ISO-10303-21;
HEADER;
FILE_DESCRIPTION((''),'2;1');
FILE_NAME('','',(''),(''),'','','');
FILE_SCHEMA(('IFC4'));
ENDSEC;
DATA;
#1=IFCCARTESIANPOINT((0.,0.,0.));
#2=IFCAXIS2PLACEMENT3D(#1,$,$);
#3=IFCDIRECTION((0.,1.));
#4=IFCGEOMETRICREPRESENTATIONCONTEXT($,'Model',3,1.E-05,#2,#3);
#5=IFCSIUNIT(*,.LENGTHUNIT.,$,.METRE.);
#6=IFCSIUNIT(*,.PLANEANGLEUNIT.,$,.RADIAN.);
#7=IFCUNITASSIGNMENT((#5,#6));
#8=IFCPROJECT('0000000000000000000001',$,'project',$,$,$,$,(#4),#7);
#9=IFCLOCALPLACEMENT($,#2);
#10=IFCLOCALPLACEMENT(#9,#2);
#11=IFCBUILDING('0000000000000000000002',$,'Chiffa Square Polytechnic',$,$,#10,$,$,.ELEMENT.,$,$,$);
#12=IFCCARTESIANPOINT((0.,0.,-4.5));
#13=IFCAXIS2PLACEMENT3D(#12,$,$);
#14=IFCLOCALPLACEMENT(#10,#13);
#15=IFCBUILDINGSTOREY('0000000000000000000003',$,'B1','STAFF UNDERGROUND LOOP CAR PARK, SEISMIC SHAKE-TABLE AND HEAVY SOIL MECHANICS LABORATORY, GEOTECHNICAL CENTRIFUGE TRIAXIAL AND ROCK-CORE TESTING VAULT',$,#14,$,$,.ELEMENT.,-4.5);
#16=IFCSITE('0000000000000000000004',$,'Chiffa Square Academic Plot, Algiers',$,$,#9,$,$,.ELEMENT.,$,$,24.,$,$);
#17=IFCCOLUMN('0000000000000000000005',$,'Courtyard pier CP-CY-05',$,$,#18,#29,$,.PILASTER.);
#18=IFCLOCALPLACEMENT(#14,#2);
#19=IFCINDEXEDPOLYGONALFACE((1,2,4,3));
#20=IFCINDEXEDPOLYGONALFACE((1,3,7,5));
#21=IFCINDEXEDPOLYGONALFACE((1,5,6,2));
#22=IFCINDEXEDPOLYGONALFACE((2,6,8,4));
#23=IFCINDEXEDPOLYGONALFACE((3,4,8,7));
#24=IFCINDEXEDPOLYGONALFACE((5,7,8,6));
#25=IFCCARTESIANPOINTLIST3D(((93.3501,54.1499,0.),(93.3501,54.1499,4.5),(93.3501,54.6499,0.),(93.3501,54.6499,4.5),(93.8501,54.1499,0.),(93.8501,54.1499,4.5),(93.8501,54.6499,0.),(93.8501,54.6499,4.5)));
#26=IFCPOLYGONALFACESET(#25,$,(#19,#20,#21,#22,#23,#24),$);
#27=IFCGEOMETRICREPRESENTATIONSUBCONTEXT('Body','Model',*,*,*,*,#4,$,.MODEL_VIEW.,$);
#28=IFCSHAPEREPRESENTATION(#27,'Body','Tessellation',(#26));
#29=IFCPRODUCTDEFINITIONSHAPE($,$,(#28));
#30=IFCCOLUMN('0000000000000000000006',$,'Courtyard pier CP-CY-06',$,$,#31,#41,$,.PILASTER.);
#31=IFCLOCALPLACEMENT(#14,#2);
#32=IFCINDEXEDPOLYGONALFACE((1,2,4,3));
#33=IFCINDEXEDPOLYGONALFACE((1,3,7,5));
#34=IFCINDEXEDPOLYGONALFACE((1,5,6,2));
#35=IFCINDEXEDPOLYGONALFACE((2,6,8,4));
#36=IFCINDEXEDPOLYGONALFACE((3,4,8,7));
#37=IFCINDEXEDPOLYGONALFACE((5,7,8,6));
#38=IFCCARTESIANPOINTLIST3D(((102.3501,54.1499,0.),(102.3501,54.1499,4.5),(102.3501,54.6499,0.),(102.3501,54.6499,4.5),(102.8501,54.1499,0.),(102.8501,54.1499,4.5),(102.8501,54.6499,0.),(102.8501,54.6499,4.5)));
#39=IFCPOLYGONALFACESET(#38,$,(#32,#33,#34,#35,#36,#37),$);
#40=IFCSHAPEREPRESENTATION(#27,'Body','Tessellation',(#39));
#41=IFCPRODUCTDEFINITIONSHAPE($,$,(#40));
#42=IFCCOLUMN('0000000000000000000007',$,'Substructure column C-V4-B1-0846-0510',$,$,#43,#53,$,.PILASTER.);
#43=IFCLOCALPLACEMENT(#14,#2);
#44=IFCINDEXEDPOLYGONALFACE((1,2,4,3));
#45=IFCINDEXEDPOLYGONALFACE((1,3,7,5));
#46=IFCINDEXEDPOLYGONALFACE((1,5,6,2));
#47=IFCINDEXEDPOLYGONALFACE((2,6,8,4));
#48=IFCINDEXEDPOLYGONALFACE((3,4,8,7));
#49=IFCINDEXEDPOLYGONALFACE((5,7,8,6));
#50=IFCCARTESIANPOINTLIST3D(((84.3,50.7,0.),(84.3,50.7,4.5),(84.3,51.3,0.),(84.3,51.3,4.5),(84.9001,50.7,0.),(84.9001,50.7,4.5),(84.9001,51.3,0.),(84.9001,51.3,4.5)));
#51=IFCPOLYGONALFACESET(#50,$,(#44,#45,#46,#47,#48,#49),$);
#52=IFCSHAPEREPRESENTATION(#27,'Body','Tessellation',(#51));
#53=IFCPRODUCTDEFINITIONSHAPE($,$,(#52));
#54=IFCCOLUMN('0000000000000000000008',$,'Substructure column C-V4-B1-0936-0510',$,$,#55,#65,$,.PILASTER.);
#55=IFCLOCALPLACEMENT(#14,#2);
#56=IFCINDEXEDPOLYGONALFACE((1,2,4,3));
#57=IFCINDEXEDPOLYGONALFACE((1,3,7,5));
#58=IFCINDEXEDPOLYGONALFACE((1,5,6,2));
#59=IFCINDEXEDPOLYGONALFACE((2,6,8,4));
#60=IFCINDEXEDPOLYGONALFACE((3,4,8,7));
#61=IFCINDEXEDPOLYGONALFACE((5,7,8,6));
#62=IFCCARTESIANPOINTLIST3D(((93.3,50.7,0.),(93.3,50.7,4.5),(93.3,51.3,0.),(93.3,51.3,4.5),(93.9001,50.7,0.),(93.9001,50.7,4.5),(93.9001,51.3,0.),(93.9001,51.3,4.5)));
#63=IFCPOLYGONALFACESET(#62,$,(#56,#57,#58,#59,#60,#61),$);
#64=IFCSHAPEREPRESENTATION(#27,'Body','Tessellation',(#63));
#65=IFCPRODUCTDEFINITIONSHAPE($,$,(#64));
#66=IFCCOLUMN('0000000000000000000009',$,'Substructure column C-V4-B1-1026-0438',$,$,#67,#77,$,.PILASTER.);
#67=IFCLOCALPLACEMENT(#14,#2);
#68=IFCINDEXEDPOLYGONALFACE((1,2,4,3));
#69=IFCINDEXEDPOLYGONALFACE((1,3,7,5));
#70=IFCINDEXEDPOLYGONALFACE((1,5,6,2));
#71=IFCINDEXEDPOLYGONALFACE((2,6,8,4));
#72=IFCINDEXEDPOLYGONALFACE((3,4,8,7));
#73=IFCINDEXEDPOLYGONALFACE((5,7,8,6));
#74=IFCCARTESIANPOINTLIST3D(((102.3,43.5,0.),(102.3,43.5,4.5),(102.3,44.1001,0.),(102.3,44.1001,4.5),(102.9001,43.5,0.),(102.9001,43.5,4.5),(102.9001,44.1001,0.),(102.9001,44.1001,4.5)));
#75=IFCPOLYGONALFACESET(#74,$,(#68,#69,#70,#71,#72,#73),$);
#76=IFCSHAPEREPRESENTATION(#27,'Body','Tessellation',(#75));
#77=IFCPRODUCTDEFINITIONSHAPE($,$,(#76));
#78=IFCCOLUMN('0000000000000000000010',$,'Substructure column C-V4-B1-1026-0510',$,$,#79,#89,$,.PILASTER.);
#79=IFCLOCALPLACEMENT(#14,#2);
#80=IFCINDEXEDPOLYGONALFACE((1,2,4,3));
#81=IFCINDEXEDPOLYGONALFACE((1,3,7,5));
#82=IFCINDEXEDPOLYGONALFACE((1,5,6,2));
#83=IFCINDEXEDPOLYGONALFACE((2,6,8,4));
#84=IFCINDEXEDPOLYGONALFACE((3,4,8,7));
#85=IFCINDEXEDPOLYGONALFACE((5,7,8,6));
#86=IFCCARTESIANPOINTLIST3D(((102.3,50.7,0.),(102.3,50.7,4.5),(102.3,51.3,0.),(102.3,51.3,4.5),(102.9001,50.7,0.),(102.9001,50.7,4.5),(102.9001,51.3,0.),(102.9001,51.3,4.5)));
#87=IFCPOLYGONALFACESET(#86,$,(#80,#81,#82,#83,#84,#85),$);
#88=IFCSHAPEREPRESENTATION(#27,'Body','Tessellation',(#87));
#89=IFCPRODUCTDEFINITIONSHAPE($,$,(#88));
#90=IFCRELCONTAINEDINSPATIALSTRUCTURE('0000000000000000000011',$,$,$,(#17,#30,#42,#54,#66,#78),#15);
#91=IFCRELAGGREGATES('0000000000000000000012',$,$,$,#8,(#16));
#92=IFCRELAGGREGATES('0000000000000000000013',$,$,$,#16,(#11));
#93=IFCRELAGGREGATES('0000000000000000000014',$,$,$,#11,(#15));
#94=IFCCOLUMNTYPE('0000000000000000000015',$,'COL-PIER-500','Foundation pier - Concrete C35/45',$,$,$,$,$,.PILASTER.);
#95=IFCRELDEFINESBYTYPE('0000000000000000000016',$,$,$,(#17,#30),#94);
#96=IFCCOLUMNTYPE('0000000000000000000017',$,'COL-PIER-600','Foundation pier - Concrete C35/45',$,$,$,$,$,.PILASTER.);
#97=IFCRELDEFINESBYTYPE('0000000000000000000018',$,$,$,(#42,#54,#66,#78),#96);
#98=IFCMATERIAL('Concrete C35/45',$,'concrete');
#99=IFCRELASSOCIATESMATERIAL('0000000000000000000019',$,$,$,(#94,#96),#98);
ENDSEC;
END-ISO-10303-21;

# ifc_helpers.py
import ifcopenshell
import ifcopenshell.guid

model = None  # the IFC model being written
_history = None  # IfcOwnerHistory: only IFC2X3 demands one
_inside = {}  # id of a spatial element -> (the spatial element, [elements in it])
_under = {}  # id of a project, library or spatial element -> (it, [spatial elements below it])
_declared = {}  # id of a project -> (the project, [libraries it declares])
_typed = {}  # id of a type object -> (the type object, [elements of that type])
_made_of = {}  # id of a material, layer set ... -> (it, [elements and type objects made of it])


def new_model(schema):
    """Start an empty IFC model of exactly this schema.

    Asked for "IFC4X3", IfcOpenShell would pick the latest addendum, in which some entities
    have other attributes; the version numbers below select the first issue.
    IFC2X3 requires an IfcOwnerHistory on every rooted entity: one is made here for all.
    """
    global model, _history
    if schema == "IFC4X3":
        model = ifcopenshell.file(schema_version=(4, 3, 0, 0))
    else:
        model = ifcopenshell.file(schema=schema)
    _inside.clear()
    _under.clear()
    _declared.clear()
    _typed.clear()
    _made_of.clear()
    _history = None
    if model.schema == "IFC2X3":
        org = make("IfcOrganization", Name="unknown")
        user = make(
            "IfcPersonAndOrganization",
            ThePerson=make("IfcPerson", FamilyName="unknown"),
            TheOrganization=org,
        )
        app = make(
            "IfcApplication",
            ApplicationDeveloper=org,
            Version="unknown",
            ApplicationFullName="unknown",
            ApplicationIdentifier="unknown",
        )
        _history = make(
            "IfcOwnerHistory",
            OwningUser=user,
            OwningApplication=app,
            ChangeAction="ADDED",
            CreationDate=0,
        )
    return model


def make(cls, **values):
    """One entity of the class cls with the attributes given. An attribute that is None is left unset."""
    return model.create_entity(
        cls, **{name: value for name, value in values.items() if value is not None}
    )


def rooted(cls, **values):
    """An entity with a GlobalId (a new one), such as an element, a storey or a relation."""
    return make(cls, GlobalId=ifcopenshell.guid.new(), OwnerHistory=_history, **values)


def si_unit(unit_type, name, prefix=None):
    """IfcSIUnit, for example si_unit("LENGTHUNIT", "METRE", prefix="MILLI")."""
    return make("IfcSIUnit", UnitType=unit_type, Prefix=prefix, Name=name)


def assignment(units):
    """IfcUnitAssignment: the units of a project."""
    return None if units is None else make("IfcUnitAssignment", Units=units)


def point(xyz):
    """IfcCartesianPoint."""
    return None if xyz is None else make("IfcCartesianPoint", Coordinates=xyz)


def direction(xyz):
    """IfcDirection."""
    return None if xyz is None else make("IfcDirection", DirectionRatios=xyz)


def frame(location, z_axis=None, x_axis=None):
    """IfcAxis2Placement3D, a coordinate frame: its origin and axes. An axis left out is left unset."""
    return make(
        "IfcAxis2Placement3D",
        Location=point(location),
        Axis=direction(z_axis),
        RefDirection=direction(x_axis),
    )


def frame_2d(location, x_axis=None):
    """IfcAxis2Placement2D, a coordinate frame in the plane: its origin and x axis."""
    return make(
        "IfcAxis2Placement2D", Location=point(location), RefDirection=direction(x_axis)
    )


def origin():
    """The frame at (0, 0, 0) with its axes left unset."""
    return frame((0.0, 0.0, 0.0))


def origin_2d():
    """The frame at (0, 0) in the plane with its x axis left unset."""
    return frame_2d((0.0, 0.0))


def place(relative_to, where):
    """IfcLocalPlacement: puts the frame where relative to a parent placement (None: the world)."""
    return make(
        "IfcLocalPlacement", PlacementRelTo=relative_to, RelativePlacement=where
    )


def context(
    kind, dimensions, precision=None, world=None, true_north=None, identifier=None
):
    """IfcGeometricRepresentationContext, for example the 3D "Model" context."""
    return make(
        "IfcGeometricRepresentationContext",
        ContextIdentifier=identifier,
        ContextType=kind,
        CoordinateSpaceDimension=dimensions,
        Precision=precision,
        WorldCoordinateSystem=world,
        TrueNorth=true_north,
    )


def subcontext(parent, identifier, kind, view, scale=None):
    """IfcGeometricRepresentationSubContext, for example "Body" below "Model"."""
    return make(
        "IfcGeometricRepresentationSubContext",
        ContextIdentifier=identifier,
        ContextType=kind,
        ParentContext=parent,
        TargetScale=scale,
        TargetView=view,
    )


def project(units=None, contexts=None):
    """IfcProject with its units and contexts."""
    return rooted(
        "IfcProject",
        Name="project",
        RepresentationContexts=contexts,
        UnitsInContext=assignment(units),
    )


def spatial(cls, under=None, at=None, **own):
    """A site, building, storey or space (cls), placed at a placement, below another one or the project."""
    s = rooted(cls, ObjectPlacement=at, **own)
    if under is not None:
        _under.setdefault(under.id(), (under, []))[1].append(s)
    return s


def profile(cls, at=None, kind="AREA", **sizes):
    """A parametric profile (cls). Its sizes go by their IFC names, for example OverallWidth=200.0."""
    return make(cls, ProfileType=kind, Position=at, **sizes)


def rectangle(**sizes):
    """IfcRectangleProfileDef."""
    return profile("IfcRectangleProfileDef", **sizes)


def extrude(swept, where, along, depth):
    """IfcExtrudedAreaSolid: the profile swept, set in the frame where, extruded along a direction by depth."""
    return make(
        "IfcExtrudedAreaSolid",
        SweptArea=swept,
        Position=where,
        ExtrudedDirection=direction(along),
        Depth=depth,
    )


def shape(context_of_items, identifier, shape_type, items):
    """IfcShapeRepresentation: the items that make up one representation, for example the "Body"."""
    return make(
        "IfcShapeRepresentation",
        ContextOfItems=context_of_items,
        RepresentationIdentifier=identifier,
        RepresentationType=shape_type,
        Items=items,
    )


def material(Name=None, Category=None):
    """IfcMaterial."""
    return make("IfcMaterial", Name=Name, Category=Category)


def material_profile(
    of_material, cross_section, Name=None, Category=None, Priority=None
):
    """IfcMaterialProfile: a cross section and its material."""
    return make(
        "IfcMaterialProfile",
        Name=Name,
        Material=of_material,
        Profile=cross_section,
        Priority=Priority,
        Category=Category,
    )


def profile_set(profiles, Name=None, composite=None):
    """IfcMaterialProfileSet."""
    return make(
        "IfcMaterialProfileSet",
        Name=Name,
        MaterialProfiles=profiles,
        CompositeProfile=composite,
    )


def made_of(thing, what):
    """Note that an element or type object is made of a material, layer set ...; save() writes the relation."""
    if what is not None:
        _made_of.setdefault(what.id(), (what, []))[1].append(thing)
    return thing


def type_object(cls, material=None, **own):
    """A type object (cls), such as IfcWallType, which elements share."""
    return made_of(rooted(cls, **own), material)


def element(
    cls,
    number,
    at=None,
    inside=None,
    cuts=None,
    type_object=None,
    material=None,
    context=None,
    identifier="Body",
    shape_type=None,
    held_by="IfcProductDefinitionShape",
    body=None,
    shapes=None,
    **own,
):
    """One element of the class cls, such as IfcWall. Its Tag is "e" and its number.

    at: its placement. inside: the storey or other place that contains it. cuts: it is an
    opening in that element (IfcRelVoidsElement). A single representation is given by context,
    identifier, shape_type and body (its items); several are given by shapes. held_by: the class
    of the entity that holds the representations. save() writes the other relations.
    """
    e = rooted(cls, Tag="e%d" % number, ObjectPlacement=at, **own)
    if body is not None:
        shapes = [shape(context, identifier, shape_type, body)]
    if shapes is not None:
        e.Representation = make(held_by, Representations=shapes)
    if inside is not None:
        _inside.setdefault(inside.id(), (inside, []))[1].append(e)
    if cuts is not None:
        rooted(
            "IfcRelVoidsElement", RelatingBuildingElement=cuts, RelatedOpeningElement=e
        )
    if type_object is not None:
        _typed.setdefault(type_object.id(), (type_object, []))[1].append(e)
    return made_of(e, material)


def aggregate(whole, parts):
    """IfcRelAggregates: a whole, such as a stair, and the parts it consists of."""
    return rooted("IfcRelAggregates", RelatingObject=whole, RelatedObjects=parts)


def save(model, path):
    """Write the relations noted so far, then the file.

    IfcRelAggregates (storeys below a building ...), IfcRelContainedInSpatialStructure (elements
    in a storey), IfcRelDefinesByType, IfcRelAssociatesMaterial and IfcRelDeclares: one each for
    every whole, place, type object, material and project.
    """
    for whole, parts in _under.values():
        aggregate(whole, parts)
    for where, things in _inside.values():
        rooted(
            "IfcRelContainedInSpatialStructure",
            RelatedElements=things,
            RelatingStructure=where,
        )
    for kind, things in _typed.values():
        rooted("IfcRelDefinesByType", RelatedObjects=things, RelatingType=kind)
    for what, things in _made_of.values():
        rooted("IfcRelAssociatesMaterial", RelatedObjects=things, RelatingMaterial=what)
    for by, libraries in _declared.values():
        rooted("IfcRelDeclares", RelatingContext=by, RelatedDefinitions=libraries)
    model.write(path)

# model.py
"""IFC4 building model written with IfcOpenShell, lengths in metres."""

from ifc_helpers import new_model, si_unit, direction, frame, origin, origin_2d, place, context, subcontext, project, spatial, rectangle, extrude, material, material_profile, profile_set, type_object, element, save


model = new_model("IFC4")

# Units and contexts
model_context = context("Model", 3, precision=1e-05, world=origin(), true_north=direction((0.0, 1.0)))
body_context = subcontext(model_context, "Body", "Model", "MODEL_VIEW")
ifc_project = project(units=[si_unit("LENGTHUNIT", "METRE"), si_unit("PLANEANGLEUNIT", "RADIAN")], contexts=[model_context])

# Site, building, storey
site_placement = place(None, origin())
site = spatial("IfcSite", under=ifc_project, at=site_placement, Name="Chiffa Square Academic Plot, Algiers", CompositionType="ELEMENT", RefElevation=24.0)
building_placement = place(site_placement, origin())
building = spatial("IfcBuilding", under=site, at=building_placement, Name="Chiffa Square Polytechnic", CompositionType="ELEMENT")
storey_placement = place(building_placement, frame((0.0, 0.0, -4.5)))
storey = spatial("IfcBuildingStorey", under=building, at=storey_placement, Name="B1", Description="STAFF UNDERGROUND LOOP CAR PARK, SEISMIC SHAKE-TABLE AND HEAVY SOIL MECHANICS LABORATORY, GEOTECHNICAL CENTRIFUGE TRIAXIAL AND ROCK-CORE TESTING VAULT", CompositionType="ELEMENT", Elevation=-4.5)

# Shared definitions
ifc_material = material(Name="Concrete C35/45", Category="concrete")

# Columns
ifc_material_profile_1 = material_profile(ifc_material, rectangle(XDim=0.5, YDim=0.5, at=origin_2d()), Name="RC 500x500")
ifc_profile_set_1 = profile_set([ifc_material_profile_1], Name="Concrete C35/45")
column_type_1 = type_object("IfcColumnType", Name="COL-PIER-500", Description="Foundation pier - Concrete C35/45", PredefinedType="PILASTER", material=ifc_profile_set_1)
for number, where, z_axis, x_axis, name in (
    (1, (93.6001, 54.3999, 0.0), (0.0, 0.0, 1.0), (1.0, 0.0, 0.0), "Courtyard pier CP-CY-05"),
    (2, (102.6001, 54.3999, 0.0), (0.0, 0.0, 1.0), (1.0, 0.0, 0.0), "Courtyard pier CP-CY-06"),
):
    element("IfcColumn", number, at=place(storey_placement, frame(where, z_axis=z_axis, x_axis=x_axis)), inside=storey, type_object=column_type_1, Name=name, PredefinedType="PILASTER", context=body_context, shape_type="SweptSolid", body=[
        extrude(rectangle(XDim=0.5, YDim=0.5, at=origin_2d()), origin(), (0.0, 0.0, 1.0), 4.5),
    ])
ifc_material_profile_2 = material_profile(ifc_material, rectangle(XDim=0.6001, YDim=0.6001, at=origin_2d()), Name="RC 600x600")
ifc_profile_set_2 = profile_set([ifc_material_profile_2], Name="Concrete C35/45")
column_type_2 = type_object("IfcColumnType", Name="COL-PIER-600", Description="Foundation pier - Concrete C35/45", PredefinedType="PILASTER", material=ifc_profile_set_2)
for number, where, z_axis, x_axis, name in (
    (3, (84.6001, 51.0, 0.0), (0.0, 0.0, 1.0), (1.0, 0.0, 0.0), "Substructure column C-V4-B1-0846-0510"),
    (4, (93.6001, 51.0, 0.0), (0.0, 0.0, 1.0), (1.0, 0.0, 0.0), "Substructure column C-V4-B1-0936-0510"),
    (5, (102.6001, 43.8, 0.0), (0.0, 0.0, 1.0), (1.0, 0.0, 0.0), "Substructure column C-V4-B1-1026-0438"),
    (6, (102.6001, 51.0, 0.0), (0.0, 0.0, 1.0), (1.0, 0.0, 0.0), "Substructure column C-V4-B1-1026-0510"),
):
    element("IfcColumn", number, at=place(storey_placement, frame(where, z_axis=z_axis, x_axis=x_axis)), inside=storey, type_object=column_type_2, Name=name, PredefinedType="PILASTER", context=body_context, shape_type="SweptSolid", body=[
        extrude(rectangle(XDim=0.6001, YDim=0.6001, at=origin_2d()), origin(), (0.0, 0.0, 1.0), 4.5),
    ])

save(model, "model.ifc")
